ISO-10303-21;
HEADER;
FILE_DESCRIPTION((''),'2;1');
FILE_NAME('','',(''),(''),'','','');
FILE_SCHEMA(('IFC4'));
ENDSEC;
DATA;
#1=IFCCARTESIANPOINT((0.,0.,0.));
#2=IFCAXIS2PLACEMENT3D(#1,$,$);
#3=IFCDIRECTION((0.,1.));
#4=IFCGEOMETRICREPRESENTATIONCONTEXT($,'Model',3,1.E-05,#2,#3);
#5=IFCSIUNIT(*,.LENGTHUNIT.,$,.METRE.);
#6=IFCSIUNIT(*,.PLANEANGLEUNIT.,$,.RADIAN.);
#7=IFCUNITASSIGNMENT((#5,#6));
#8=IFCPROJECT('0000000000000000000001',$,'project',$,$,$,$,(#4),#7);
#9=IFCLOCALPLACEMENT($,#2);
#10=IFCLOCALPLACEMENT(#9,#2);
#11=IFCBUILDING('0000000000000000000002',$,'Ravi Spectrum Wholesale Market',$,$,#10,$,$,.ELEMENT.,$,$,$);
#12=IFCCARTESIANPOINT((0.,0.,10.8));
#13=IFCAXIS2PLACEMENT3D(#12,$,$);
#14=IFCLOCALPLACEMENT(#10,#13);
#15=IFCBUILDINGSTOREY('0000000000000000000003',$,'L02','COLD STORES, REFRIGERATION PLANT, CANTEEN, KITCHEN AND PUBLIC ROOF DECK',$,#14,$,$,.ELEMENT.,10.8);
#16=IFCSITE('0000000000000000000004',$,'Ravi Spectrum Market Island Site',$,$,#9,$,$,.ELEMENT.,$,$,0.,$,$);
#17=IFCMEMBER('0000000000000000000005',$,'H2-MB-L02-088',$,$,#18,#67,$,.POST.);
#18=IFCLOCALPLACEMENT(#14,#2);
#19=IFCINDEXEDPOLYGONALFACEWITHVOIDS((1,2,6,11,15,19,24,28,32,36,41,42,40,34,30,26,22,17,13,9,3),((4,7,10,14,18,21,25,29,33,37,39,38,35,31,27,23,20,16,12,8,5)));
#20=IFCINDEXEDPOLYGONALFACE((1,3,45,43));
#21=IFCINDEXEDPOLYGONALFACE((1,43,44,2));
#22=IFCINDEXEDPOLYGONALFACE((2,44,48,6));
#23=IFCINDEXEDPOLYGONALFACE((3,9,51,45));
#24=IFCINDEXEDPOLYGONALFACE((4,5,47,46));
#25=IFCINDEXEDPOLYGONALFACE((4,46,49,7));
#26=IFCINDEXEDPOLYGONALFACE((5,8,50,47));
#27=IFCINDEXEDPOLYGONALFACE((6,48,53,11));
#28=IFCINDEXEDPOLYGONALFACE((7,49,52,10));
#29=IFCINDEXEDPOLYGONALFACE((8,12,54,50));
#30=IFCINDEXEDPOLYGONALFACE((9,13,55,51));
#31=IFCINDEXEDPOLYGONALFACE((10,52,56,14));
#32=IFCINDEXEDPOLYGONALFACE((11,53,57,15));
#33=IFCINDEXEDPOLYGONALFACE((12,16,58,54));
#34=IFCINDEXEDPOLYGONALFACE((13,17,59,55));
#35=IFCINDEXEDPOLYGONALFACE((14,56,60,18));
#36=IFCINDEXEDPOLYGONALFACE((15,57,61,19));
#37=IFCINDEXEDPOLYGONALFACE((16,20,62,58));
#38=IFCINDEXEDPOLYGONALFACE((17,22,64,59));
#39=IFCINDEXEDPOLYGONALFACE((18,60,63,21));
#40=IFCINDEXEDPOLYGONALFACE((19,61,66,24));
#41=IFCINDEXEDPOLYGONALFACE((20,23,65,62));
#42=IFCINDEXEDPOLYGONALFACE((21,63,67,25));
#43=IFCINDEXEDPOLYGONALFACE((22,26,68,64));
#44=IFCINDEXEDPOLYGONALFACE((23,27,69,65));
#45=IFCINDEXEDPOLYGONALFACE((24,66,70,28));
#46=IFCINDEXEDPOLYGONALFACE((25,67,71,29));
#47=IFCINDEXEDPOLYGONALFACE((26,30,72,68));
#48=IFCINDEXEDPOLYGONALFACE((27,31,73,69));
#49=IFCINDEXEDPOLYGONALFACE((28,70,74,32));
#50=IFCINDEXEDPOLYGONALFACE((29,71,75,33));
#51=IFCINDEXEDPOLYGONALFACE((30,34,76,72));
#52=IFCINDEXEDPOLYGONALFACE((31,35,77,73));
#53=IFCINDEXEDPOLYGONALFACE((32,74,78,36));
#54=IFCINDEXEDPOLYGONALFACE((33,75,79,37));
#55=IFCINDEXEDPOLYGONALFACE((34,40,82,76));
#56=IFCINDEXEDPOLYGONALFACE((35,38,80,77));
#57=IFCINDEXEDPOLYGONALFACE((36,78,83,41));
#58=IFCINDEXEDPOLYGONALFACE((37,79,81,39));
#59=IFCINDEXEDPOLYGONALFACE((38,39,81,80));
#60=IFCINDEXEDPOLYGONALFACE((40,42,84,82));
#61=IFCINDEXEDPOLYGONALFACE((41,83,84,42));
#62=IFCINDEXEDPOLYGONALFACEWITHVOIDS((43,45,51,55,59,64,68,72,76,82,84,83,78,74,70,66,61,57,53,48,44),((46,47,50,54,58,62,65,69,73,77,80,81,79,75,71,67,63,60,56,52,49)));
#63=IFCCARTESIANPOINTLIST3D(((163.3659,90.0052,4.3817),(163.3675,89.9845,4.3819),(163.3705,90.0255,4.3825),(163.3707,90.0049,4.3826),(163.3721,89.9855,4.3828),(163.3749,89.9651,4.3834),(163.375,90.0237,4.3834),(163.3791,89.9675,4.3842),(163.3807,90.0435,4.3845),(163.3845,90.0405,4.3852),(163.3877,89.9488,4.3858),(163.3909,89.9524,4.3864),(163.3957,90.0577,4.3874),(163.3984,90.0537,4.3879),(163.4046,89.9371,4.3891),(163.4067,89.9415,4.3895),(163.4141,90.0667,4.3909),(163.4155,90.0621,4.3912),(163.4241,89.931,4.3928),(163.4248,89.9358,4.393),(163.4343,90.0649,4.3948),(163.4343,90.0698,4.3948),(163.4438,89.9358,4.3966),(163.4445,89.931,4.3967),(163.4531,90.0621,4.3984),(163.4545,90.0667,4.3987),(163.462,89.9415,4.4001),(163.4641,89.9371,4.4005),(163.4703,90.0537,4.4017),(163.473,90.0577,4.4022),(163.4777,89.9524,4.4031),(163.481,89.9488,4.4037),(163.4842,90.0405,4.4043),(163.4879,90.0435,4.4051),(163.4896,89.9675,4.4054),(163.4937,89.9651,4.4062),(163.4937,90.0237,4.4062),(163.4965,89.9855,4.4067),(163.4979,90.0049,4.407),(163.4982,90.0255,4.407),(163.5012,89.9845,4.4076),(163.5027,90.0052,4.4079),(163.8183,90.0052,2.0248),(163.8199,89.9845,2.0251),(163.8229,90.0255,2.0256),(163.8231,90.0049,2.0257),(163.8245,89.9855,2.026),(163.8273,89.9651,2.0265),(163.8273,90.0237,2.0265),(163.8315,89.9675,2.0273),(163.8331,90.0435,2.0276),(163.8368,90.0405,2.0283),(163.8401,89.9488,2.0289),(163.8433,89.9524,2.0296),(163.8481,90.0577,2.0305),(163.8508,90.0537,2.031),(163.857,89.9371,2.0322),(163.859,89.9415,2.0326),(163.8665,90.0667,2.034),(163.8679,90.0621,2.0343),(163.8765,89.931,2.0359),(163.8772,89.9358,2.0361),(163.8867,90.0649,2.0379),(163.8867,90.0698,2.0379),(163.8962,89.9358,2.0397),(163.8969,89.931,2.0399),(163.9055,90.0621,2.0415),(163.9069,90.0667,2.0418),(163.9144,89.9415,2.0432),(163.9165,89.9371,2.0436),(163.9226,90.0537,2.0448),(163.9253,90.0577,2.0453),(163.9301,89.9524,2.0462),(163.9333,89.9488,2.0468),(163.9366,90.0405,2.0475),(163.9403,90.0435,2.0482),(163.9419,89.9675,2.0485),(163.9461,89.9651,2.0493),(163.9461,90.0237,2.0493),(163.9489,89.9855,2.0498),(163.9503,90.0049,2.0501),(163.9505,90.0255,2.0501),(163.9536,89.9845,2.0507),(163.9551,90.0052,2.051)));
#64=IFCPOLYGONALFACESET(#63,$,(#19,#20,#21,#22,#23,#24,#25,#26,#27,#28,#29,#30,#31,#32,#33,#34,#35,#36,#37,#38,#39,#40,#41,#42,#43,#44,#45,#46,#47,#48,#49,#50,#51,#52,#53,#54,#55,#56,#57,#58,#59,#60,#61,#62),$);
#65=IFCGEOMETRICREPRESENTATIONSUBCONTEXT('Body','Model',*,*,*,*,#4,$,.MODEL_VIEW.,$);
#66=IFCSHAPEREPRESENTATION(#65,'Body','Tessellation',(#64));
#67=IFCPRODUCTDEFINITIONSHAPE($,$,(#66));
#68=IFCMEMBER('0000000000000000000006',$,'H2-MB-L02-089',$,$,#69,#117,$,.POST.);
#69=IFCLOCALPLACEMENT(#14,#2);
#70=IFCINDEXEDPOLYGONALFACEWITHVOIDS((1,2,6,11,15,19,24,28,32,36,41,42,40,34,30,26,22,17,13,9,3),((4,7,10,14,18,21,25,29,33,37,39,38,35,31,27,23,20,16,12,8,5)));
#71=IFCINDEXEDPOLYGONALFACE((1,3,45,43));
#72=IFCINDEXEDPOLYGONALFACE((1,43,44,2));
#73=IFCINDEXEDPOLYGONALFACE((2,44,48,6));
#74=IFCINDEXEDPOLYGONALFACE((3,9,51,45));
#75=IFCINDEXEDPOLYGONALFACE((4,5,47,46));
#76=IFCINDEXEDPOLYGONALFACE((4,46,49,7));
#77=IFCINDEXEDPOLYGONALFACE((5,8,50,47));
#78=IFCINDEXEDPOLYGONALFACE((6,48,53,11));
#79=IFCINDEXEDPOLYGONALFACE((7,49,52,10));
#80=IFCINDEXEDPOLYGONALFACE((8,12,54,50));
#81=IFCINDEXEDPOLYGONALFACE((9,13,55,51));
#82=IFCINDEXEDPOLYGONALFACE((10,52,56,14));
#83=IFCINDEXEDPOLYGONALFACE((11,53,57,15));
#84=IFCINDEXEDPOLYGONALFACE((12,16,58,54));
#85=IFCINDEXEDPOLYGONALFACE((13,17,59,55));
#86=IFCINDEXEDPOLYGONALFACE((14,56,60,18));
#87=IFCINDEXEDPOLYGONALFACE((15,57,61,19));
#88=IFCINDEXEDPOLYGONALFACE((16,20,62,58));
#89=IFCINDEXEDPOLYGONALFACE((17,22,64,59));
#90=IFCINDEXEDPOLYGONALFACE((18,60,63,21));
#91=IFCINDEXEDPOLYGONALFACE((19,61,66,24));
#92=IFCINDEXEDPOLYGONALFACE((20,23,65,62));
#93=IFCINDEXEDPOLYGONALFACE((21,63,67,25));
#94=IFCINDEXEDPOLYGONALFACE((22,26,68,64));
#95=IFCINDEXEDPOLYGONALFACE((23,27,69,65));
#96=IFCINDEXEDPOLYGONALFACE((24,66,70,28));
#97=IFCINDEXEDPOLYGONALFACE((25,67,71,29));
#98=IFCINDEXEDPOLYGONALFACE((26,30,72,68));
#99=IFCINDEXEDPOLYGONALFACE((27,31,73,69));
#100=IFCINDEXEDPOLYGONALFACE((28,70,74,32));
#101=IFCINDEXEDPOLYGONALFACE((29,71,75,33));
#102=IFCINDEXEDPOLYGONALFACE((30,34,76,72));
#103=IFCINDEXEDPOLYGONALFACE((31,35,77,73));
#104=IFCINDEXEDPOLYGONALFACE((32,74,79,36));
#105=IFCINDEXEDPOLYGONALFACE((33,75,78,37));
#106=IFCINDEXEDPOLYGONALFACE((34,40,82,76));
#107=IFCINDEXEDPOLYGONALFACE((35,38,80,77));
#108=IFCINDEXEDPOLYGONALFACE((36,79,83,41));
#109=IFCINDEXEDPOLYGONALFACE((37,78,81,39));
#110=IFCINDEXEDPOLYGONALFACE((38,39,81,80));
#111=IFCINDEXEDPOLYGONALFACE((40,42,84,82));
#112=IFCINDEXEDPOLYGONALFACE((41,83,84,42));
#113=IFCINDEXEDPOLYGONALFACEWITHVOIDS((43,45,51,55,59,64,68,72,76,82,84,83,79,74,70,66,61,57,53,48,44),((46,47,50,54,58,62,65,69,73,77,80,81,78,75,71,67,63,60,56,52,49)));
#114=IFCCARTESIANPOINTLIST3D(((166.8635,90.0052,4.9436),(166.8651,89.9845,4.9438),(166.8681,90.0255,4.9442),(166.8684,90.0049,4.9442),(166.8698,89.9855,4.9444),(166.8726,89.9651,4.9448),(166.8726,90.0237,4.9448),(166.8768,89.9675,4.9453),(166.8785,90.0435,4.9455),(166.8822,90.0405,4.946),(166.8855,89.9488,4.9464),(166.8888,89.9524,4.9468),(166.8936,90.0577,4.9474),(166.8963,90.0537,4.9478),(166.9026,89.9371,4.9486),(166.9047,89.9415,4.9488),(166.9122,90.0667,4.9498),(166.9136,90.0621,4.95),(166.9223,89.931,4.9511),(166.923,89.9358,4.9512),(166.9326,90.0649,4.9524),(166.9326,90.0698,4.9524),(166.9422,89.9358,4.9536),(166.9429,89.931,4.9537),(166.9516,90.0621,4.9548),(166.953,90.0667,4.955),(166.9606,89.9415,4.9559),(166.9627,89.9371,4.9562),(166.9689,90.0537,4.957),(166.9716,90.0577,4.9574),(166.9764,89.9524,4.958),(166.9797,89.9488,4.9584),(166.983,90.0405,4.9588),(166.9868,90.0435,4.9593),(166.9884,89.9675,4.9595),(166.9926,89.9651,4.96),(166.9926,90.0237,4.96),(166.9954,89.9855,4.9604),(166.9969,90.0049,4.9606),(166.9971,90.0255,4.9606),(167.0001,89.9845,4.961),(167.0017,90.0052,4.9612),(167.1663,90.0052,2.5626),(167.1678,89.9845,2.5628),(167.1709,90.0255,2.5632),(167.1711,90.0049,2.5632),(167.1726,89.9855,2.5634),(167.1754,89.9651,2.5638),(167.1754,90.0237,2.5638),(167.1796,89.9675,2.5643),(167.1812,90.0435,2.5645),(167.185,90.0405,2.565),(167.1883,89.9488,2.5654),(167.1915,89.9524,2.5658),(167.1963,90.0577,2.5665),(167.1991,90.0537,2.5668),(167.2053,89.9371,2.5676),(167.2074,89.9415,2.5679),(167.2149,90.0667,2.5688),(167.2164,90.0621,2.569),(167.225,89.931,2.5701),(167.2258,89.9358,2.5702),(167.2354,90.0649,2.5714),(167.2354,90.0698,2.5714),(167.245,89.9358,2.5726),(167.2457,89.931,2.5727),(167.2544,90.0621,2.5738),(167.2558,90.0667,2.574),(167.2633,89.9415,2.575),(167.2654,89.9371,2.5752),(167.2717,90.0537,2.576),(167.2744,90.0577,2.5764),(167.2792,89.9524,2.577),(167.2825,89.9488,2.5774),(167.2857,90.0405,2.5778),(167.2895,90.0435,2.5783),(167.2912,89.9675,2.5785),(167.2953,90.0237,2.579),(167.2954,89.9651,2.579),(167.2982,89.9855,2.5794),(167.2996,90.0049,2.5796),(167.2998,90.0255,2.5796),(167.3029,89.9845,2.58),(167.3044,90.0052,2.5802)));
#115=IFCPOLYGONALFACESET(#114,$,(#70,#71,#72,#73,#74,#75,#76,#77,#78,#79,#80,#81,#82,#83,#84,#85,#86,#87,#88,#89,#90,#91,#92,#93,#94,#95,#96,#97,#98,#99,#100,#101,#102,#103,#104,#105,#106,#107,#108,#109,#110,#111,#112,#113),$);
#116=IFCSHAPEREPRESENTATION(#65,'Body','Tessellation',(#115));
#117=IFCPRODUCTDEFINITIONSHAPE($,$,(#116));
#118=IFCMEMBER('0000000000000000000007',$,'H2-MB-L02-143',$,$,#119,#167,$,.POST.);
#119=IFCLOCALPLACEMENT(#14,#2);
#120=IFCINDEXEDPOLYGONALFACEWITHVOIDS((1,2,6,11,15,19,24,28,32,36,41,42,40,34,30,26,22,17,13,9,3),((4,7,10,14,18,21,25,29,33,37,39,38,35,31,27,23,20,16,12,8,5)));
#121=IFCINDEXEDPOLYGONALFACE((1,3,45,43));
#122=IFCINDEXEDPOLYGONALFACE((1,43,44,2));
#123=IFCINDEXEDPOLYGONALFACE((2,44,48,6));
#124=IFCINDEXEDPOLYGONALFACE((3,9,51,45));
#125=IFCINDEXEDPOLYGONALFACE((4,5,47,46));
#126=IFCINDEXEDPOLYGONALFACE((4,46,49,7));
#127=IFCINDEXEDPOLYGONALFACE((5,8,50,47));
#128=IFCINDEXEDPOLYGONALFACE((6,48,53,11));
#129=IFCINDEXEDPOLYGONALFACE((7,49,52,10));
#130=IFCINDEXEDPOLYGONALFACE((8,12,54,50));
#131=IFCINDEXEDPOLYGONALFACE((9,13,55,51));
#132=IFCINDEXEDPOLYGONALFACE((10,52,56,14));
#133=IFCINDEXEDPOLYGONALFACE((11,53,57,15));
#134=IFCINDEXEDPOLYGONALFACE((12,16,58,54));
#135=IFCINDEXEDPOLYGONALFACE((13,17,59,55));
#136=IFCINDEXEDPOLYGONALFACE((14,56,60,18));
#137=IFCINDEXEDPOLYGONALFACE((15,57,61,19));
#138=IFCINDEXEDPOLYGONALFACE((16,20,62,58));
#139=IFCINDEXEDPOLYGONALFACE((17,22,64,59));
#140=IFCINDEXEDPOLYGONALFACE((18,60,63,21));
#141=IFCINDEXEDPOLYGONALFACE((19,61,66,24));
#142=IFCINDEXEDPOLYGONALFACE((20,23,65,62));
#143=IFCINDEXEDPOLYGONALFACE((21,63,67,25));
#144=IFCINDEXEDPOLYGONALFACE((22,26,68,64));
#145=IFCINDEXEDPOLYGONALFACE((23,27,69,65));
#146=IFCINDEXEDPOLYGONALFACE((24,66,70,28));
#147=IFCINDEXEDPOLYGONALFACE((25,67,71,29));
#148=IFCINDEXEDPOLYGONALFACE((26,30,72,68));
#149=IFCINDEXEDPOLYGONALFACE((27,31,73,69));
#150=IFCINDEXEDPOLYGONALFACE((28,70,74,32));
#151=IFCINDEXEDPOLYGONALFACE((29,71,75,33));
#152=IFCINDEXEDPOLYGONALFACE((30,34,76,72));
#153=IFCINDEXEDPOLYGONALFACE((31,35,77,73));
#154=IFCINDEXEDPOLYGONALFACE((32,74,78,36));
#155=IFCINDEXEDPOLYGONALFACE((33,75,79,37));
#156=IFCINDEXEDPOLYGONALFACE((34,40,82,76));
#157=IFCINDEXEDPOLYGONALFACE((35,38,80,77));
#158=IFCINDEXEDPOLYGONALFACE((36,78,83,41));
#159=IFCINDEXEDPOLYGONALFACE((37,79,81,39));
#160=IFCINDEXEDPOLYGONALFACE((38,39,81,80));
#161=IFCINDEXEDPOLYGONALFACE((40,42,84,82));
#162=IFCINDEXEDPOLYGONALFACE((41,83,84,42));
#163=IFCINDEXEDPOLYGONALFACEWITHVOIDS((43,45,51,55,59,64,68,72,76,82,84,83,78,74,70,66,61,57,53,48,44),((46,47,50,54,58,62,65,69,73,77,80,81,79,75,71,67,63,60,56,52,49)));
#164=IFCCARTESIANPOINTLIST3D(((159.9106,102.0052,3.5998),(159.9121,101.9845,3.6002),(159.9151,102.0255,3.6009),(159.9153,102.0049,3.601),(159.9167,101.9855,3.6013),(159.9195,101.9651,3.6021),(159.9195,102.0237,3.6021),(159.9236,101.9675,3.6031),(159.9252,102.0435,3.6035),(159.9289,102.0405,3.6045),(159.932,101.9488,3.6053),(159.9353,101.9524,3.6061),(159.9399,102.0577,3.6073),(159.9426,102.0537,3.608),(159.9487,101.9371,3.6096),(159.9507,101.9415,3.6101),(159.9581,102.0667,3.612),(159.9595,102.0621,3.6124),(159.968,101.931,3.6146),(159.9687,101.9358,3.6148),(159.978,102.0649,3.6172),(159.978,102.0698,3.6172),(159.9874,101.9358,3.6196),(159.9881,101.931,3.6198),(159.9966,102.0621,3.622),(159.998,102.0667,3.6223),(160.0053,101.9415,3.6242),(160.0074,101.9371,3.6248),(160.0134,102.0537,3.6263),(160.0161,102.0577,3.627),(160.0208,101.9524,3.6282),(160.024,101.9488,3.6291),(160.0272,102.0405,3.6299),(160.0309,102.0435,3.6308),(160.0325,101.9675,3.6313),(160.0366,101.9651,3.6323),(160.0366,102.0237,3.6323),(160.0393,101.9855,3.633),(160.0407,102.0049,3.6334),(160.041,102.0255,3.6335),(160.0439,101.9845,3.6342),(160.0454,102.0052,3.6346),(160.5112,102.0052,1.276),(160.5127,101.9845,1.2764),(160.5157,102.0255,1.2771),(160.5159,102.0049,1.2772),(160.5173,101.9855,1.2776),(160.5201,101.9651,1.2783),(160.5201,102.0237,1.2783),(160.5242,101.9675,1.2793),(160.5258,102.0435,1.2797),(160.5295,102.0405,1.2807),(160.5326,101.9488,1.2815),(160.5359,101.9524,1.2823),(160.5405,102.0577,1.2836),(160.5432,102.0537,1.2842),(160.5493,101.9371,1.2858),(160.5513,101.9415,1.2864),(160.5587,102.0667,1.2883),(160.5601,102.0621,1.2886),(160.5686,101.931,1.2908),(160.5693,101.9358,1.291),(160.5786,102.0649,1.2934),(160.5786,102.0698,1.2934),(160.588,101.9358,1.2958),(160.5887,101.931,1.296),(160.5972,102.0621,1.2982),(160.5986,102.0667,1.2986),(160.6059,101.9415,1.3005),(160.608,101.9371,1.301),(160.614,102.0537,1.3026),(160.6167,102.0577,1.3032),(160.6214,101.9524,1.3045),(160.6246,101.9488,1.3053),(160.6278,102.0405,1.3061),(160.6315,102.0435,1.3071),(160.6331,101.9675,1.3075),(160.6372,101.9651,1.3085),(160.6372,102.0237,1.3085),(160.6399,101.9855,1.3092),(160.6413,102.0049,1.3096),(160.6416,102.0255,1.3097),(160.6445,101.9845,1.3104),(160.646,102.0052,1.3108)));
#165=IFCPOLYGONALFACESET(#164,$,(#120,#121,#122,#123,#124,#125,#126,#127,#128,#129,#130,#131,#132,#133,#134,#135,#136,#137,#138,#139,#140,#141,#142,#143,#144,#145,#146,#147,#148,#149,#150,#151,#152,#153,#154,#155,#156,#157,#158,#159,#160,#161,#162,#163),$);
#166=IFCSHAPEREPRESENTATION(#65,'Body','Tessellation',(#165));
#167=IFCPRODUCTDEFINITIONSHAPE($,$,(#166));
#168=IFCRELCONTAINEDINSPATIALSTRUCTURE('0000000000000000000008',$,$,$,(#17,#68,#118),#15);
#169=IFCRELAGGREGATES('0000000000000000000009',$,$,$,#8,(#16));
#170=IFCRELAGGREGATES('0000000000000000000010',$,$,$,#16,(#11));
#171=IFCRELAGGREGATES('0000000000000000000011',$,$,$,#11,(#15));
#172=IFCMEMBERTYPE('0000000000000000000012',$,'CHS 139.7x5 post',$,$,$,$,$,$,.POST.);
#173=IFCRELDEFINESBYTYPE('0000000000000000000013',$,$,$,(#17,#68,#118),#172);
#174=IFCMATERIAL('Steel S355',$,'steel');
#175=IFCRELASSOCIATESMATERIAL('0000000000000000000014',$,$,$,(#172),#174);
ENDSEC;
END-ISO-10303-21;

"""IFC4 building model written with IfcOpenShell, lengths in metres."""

from ifc_helpers import new_model, si_unit, direction, frame, origin, origin_2d, place, context, subcontext, project, spatial, hollow_circle, extrude, material, material_profile, profile_set, type_object, element, save


model = new_model("IFC4")

# Units and contexts
model_context = context("Model", 3, precision=1e-05, world=origin(), true_north=direction((0.0, 1.0)))
body_context = subcontext(model_context, "Body", "Model", "MODEL_VIEW")
ifc_project = project(units=[si_unit("LENGTHUNIT", "METRE"), si_unit("PLANEANGLEUNIT", "RADIAN")], contexts=[model_context])

# Site, building, storey
site_placement = place(None, origin())
site = spatial("IfcSite", under=ifc_project, at=site_placement, Name="Ravi Spectrum Market Island Site", CompositionType="ELEMENT", RefElevation=0.0)
building_placement = place(site_placement, origin())
building = spatial("IfcBuilding", under=site, at=building_placement, Name="Ravi Spectrum Wholesale Market", CompositionType="ELEMENT")
storey_placement = place(building_placement, frame((0.0, 0.0, 10.8)))
storey = spatial("IfcBuildingStorey", under=building, at=storey_placement, Name="L02", Description="COLD STORES, REFRIGERATION PLANT, CANTEEN, KITCHEN AND PUBLIC ROOF DECK", CompositionType="ELEMENT", Elevation=10.8)

# Members
ifc_material_1 = material(Name="Steel S355", Category="steel")
ifc_material_profile_1 = material_profile(ifc_material_1, hollow_circle(Radius=0.0698, WallThickness=0.0049, at=origin_2d()))
ifc_profile_set_1 = profile_set([ifc_material_profile_1], Name="Steel S355")
member_type_1 = type_object("IfcMemberType", Name="CHS 139.7x5 post", PredefinedType="POST", material=ifc_profile_set_1)
member_1_placement = place(storey_placement, frame((163.4343, 90.0, 4.3948), z_axis=(0.1885, 0.0, -0.982073), x_axis=(0.0, 1.0, 0.0)))
element("IfcMember", 1, at=member_1_placement, inside=storey, type_object=member_type_1, Name="H2-MB-L02-088", PredefinedType="POST", context=body_context, shape_type="SweptSolid", body=[
    extrude(hollow_circle(Radius=0.0698, WallThickness=0.0049, at=origin_2d()), origin(), (0.0, 0.0, 1.0), 2.3999),
])
for number, where, z_axis, x_axis, name in (
    (2, (166.9326, 90.0, 4.9524), (0.126138, 0.0, -0.992013), (0.0, 1.0, 0.0), "H2-MB-L02-089"),
    (3, (159.978, 102.0, 3.6172), (0.250235, 0.0, -0.968185), (0.0, 1.0, 0.0), "H2-MB-L02-143"),
):
    element("IfcMember", number, at=place(storey_placement, frame(where, z_axis=z_axis, x_axis=x_axis)), inside=storey, type_object=member_type_1, Name=name, PredefinedType="POST", context=body_context, shape_type="SweptSolid", body=[
        extrude(hollow_circle(Radius=0.0698, WallThickness=0.0049, at=origin_2d()), origin(), (0.0, 0.0, 1.0), 2.4001),
    ])

save(model, "model.ifc")
